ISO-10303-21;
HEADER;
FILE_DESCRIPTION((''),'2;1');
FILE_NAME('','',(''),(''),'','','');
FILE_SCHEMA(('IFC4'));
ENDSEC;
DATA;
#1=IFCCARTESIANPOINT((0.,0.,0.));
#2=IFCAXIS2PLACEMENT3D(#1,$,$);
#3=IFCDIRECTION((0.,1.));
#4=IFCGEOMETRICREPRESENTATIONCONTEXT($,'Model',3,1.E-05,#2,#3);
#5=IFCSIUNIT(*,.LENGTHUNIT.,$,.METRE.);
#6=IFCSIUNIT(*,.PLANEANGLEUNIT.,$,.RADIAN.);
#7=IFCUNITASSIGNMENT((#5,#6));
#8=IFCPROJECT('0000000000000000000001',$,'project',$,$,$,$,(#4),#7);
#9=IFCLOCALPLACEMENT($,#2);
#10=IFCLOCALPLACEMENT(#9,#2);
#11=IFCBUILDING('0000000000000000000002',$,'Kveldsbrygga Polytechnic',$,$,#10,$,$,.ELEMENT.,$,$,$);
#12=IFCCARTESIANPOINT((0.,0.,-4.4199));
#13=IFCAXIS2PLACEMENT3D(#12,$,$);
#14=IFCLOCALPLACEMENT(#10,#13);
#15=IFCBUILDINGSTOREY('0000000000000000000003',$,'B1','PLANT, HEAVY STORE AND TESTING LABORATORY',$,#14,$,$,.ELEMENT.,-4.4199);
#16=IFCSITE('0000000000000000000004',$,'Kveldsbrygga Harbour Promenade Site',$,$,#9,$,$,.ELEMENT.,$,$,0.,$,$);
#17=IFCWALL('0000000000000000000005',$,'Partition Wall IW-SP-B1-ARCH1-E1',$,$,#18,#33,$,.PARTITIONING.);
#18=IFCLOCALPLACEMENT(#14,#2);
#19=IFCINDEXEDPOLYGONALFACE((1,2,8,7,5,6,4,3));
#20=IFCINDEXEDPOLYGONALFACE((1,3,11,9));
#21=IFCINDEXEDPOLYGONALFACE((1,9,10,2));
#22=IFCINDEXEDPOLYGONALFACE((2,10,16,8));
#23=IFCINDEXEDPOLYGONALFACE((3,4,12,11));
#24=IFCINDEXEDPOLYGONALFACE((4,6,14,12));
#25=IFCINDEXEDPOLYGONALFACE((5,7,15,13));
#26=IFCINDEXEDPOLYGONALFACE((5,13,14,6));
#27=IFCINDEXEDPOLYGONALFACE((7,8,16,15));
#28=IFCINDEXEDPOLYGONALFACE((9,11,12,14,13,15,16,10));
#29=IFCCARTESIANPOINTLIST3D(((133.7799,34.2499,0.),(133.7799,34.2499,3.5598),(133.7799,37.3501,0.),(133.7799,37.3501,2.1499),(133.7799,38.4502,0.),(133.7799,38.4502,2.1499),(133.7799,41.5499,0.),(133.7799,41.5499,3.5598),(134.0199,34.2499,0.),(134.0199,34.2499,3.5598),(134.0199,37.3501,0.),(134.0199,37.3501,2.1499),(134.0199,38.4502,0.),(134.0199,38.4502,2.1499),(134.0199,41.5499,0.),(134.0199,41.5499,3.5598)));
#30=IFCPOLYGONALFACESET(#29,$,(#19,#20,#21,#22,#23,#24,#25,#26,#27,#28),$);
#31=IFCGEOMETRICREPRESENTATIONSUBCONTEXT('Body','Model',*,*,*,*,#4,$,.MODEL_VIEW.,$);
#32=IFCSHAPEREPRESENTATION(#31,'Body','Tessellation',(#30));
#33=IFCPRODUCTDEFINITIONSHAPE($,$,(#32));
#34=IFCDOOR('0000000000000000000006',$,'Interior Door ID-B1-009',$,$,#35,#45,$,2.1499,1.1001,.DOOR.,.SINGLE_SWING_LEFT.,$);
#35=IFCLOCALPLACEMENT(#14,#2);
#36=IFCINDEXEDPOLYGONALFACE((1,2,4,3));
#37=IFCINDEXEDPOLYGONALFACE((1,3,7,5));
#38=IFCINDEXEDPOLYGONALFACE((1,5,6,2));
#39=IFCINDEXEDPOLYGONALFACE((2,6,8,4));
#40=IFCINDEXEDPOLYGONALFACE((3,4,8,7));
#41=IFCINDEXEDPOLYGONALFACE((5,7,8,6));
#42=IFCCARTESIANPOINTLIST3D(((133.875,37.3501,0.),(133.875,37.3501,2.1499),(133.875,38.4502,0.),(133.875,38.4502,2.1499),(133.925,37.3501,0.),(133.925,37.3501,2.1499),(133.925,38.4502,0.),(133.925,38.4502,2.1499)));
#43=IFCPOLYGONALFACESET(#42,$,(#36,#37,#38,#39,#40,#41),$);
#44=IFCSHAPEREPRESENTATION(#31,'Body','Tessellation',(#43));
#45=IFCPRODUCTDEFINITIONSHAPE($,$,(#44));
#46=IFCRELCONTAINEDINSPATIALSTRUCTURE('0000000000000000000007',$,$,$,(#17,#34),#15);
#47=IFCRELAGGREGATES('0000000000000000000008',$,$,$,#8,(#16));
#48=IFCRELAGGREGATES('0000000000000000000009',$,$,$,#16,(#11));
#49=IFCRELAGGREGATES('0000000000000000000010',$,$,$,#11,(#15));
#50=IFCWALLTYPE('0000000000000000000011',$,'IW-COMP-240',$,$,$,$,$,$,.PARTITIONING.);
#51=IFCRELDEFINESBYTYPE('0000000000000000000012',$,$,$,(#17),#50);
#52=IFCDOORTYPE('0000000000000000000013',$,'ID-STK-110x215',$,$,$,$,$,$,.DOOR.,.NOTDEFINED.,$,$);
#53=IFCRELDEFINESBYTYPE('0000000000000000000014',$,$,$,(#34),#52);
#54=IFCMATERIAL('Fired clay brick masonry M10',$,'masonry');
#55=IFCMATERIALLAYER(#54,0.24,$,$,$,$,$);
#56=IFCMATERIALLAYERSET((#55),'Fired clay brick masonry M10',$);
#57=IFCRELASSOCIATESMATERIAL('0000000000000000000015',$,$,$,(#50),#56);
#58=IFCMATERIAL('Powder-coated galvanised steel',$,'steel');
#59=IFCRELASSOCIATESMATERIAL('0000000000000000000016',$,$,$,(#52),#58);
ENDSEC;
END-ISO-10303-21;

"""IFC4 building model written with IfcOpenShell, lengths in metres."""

from ifc_helpers import new_model, si_unit, direction, frame, frame_2d, origin, place, context, subcontext, project, spatial, rectangle, extrude, material, layer, layer_set, type_object, element, fill, save


model = new_model("IFC4")

# Units and contexts
model_context = context("Model", 3, precision=1e-05, world=origin(), true_north=direction((0.0, 1.0)))
body_context = subcontext(model_context, "Body", "Model", "MODEL_VIEW")
ifc_project = project(units=[si_unit("LENGTHUNIT", "METRE"), si_unit("PLANEANGLEUNIT", "RADIAN")], contexts=[model_context])

# Site, building, storey
site_placement = place(None, origin())
site = spatial("IfcSite", under=ifc_project, at=site_placement, Name="Kveldsbrygga Harbour Promenade Site", CompositionType="ELEMENT", RefElevation=0.0)
building_placement = place(site_placement, origin())
building = spatial("IfcBuilding", under=site, at=building_placement, Name="Kveldsbrygga Polytechnic", CompositionType="ELEMENT")
storey_placement = place(building_placement, frame((0.0, 0.0, -4.4199)))
storey = spatial("IfcBuildingStorey", under=building, at=storey_placement, Name="B1", Description="PLANT, HEAVY STORE AND TESTING LABORATORY", CompositionType="ELEMENT", Elevation=-4.4199)

# Wall, opening, door
ifc_material_1 = material(Name="Fired clay brick masonry M10", Category="masonry")
ifc_layer = layer(ifc_material_1, 0.24)
ifc_layer_set = layer_set([ifc_layer], Name="Fired clay brick masonry M10")
wall_type = type_object("IfcWallType", Name="IW-COMP-240", PredefinedType="PARTITIONING", material=ifc_layer_set)
wall_placement = place(storey_placement, frame((133.8999, 34.25, 0.0), z_axis=(0.0, 0.0, 1.0), x_axis=(0.0, 1.0, 0.0)))
wall = element("IfcWall", 1, at=wall_placement, inside=storey, type_object=wall_type, Name="Partition Wall IW-SP-B1-ARCH1-E1", PredefinedType="PARTITIONING", context=body_context, shape_type="SweptSolid", body=[
    extrude(rectangle(XDim=7.3, YDim=0.24, at=frame_2d((3.6499, 0.0))), origin(), (0.0, 0.0, 1.0), 3.5598),
])
opening_placement = place(wall_placement, frame((3.1001, 0.0, 0.0)))
opening = element("IfcOpeningElement", 2, at=opening_placement, cuts=wall, PredefinedType="OPENING", context=body_context, shape_type="SweptSolid", body=[
    extrude(rectangle(XDim=1.1001, YDim=2.1499, at=frame_2d((0.55, 1.075))), frame((0.0, 0.1299, 0.0), z_axis=(0.0, -1.0, 0.0), x_axis=(1.0, 0.0, 0.0)), (0.0, 0.0, 1.0), 0.26),
])
ifc_material_2 = material(Name="Powder-coated galvanised steel", Category="steel")
door_type = type_object("IfcDoorType", Name="ID-STK-110x215", OperationType="NOTDEFINED", PredefinedType="DOOR", material=ifc_material_2)
door_placement = place(opening_placement, origin())
door = element("IfcDoor", 3, at=door_placement, inside=storey, type_object=door_type, Name="Interior Door ID-B1-009", OperationType="SINGLE_SWING_LEFT", OverallHeight=2.1499, OverallWidth=1.1001, PredefinedType="DOOR", context=body_context, shape_type="SweptSolid", body=[
    extrude(rectangle(XDim=1.1001, YDim=2.1499, at=frame_2d((0.55, 1.075))), frame((0.0, 0.0249, 0.0), z_axis=(0.0, -1.0, 0.0), x_axis=(1.0, 0.0, 0.0)), (0.0, 0.0, 1.0), 0.05),
])
fill(opening, door)

save(model, "model.ifc")
